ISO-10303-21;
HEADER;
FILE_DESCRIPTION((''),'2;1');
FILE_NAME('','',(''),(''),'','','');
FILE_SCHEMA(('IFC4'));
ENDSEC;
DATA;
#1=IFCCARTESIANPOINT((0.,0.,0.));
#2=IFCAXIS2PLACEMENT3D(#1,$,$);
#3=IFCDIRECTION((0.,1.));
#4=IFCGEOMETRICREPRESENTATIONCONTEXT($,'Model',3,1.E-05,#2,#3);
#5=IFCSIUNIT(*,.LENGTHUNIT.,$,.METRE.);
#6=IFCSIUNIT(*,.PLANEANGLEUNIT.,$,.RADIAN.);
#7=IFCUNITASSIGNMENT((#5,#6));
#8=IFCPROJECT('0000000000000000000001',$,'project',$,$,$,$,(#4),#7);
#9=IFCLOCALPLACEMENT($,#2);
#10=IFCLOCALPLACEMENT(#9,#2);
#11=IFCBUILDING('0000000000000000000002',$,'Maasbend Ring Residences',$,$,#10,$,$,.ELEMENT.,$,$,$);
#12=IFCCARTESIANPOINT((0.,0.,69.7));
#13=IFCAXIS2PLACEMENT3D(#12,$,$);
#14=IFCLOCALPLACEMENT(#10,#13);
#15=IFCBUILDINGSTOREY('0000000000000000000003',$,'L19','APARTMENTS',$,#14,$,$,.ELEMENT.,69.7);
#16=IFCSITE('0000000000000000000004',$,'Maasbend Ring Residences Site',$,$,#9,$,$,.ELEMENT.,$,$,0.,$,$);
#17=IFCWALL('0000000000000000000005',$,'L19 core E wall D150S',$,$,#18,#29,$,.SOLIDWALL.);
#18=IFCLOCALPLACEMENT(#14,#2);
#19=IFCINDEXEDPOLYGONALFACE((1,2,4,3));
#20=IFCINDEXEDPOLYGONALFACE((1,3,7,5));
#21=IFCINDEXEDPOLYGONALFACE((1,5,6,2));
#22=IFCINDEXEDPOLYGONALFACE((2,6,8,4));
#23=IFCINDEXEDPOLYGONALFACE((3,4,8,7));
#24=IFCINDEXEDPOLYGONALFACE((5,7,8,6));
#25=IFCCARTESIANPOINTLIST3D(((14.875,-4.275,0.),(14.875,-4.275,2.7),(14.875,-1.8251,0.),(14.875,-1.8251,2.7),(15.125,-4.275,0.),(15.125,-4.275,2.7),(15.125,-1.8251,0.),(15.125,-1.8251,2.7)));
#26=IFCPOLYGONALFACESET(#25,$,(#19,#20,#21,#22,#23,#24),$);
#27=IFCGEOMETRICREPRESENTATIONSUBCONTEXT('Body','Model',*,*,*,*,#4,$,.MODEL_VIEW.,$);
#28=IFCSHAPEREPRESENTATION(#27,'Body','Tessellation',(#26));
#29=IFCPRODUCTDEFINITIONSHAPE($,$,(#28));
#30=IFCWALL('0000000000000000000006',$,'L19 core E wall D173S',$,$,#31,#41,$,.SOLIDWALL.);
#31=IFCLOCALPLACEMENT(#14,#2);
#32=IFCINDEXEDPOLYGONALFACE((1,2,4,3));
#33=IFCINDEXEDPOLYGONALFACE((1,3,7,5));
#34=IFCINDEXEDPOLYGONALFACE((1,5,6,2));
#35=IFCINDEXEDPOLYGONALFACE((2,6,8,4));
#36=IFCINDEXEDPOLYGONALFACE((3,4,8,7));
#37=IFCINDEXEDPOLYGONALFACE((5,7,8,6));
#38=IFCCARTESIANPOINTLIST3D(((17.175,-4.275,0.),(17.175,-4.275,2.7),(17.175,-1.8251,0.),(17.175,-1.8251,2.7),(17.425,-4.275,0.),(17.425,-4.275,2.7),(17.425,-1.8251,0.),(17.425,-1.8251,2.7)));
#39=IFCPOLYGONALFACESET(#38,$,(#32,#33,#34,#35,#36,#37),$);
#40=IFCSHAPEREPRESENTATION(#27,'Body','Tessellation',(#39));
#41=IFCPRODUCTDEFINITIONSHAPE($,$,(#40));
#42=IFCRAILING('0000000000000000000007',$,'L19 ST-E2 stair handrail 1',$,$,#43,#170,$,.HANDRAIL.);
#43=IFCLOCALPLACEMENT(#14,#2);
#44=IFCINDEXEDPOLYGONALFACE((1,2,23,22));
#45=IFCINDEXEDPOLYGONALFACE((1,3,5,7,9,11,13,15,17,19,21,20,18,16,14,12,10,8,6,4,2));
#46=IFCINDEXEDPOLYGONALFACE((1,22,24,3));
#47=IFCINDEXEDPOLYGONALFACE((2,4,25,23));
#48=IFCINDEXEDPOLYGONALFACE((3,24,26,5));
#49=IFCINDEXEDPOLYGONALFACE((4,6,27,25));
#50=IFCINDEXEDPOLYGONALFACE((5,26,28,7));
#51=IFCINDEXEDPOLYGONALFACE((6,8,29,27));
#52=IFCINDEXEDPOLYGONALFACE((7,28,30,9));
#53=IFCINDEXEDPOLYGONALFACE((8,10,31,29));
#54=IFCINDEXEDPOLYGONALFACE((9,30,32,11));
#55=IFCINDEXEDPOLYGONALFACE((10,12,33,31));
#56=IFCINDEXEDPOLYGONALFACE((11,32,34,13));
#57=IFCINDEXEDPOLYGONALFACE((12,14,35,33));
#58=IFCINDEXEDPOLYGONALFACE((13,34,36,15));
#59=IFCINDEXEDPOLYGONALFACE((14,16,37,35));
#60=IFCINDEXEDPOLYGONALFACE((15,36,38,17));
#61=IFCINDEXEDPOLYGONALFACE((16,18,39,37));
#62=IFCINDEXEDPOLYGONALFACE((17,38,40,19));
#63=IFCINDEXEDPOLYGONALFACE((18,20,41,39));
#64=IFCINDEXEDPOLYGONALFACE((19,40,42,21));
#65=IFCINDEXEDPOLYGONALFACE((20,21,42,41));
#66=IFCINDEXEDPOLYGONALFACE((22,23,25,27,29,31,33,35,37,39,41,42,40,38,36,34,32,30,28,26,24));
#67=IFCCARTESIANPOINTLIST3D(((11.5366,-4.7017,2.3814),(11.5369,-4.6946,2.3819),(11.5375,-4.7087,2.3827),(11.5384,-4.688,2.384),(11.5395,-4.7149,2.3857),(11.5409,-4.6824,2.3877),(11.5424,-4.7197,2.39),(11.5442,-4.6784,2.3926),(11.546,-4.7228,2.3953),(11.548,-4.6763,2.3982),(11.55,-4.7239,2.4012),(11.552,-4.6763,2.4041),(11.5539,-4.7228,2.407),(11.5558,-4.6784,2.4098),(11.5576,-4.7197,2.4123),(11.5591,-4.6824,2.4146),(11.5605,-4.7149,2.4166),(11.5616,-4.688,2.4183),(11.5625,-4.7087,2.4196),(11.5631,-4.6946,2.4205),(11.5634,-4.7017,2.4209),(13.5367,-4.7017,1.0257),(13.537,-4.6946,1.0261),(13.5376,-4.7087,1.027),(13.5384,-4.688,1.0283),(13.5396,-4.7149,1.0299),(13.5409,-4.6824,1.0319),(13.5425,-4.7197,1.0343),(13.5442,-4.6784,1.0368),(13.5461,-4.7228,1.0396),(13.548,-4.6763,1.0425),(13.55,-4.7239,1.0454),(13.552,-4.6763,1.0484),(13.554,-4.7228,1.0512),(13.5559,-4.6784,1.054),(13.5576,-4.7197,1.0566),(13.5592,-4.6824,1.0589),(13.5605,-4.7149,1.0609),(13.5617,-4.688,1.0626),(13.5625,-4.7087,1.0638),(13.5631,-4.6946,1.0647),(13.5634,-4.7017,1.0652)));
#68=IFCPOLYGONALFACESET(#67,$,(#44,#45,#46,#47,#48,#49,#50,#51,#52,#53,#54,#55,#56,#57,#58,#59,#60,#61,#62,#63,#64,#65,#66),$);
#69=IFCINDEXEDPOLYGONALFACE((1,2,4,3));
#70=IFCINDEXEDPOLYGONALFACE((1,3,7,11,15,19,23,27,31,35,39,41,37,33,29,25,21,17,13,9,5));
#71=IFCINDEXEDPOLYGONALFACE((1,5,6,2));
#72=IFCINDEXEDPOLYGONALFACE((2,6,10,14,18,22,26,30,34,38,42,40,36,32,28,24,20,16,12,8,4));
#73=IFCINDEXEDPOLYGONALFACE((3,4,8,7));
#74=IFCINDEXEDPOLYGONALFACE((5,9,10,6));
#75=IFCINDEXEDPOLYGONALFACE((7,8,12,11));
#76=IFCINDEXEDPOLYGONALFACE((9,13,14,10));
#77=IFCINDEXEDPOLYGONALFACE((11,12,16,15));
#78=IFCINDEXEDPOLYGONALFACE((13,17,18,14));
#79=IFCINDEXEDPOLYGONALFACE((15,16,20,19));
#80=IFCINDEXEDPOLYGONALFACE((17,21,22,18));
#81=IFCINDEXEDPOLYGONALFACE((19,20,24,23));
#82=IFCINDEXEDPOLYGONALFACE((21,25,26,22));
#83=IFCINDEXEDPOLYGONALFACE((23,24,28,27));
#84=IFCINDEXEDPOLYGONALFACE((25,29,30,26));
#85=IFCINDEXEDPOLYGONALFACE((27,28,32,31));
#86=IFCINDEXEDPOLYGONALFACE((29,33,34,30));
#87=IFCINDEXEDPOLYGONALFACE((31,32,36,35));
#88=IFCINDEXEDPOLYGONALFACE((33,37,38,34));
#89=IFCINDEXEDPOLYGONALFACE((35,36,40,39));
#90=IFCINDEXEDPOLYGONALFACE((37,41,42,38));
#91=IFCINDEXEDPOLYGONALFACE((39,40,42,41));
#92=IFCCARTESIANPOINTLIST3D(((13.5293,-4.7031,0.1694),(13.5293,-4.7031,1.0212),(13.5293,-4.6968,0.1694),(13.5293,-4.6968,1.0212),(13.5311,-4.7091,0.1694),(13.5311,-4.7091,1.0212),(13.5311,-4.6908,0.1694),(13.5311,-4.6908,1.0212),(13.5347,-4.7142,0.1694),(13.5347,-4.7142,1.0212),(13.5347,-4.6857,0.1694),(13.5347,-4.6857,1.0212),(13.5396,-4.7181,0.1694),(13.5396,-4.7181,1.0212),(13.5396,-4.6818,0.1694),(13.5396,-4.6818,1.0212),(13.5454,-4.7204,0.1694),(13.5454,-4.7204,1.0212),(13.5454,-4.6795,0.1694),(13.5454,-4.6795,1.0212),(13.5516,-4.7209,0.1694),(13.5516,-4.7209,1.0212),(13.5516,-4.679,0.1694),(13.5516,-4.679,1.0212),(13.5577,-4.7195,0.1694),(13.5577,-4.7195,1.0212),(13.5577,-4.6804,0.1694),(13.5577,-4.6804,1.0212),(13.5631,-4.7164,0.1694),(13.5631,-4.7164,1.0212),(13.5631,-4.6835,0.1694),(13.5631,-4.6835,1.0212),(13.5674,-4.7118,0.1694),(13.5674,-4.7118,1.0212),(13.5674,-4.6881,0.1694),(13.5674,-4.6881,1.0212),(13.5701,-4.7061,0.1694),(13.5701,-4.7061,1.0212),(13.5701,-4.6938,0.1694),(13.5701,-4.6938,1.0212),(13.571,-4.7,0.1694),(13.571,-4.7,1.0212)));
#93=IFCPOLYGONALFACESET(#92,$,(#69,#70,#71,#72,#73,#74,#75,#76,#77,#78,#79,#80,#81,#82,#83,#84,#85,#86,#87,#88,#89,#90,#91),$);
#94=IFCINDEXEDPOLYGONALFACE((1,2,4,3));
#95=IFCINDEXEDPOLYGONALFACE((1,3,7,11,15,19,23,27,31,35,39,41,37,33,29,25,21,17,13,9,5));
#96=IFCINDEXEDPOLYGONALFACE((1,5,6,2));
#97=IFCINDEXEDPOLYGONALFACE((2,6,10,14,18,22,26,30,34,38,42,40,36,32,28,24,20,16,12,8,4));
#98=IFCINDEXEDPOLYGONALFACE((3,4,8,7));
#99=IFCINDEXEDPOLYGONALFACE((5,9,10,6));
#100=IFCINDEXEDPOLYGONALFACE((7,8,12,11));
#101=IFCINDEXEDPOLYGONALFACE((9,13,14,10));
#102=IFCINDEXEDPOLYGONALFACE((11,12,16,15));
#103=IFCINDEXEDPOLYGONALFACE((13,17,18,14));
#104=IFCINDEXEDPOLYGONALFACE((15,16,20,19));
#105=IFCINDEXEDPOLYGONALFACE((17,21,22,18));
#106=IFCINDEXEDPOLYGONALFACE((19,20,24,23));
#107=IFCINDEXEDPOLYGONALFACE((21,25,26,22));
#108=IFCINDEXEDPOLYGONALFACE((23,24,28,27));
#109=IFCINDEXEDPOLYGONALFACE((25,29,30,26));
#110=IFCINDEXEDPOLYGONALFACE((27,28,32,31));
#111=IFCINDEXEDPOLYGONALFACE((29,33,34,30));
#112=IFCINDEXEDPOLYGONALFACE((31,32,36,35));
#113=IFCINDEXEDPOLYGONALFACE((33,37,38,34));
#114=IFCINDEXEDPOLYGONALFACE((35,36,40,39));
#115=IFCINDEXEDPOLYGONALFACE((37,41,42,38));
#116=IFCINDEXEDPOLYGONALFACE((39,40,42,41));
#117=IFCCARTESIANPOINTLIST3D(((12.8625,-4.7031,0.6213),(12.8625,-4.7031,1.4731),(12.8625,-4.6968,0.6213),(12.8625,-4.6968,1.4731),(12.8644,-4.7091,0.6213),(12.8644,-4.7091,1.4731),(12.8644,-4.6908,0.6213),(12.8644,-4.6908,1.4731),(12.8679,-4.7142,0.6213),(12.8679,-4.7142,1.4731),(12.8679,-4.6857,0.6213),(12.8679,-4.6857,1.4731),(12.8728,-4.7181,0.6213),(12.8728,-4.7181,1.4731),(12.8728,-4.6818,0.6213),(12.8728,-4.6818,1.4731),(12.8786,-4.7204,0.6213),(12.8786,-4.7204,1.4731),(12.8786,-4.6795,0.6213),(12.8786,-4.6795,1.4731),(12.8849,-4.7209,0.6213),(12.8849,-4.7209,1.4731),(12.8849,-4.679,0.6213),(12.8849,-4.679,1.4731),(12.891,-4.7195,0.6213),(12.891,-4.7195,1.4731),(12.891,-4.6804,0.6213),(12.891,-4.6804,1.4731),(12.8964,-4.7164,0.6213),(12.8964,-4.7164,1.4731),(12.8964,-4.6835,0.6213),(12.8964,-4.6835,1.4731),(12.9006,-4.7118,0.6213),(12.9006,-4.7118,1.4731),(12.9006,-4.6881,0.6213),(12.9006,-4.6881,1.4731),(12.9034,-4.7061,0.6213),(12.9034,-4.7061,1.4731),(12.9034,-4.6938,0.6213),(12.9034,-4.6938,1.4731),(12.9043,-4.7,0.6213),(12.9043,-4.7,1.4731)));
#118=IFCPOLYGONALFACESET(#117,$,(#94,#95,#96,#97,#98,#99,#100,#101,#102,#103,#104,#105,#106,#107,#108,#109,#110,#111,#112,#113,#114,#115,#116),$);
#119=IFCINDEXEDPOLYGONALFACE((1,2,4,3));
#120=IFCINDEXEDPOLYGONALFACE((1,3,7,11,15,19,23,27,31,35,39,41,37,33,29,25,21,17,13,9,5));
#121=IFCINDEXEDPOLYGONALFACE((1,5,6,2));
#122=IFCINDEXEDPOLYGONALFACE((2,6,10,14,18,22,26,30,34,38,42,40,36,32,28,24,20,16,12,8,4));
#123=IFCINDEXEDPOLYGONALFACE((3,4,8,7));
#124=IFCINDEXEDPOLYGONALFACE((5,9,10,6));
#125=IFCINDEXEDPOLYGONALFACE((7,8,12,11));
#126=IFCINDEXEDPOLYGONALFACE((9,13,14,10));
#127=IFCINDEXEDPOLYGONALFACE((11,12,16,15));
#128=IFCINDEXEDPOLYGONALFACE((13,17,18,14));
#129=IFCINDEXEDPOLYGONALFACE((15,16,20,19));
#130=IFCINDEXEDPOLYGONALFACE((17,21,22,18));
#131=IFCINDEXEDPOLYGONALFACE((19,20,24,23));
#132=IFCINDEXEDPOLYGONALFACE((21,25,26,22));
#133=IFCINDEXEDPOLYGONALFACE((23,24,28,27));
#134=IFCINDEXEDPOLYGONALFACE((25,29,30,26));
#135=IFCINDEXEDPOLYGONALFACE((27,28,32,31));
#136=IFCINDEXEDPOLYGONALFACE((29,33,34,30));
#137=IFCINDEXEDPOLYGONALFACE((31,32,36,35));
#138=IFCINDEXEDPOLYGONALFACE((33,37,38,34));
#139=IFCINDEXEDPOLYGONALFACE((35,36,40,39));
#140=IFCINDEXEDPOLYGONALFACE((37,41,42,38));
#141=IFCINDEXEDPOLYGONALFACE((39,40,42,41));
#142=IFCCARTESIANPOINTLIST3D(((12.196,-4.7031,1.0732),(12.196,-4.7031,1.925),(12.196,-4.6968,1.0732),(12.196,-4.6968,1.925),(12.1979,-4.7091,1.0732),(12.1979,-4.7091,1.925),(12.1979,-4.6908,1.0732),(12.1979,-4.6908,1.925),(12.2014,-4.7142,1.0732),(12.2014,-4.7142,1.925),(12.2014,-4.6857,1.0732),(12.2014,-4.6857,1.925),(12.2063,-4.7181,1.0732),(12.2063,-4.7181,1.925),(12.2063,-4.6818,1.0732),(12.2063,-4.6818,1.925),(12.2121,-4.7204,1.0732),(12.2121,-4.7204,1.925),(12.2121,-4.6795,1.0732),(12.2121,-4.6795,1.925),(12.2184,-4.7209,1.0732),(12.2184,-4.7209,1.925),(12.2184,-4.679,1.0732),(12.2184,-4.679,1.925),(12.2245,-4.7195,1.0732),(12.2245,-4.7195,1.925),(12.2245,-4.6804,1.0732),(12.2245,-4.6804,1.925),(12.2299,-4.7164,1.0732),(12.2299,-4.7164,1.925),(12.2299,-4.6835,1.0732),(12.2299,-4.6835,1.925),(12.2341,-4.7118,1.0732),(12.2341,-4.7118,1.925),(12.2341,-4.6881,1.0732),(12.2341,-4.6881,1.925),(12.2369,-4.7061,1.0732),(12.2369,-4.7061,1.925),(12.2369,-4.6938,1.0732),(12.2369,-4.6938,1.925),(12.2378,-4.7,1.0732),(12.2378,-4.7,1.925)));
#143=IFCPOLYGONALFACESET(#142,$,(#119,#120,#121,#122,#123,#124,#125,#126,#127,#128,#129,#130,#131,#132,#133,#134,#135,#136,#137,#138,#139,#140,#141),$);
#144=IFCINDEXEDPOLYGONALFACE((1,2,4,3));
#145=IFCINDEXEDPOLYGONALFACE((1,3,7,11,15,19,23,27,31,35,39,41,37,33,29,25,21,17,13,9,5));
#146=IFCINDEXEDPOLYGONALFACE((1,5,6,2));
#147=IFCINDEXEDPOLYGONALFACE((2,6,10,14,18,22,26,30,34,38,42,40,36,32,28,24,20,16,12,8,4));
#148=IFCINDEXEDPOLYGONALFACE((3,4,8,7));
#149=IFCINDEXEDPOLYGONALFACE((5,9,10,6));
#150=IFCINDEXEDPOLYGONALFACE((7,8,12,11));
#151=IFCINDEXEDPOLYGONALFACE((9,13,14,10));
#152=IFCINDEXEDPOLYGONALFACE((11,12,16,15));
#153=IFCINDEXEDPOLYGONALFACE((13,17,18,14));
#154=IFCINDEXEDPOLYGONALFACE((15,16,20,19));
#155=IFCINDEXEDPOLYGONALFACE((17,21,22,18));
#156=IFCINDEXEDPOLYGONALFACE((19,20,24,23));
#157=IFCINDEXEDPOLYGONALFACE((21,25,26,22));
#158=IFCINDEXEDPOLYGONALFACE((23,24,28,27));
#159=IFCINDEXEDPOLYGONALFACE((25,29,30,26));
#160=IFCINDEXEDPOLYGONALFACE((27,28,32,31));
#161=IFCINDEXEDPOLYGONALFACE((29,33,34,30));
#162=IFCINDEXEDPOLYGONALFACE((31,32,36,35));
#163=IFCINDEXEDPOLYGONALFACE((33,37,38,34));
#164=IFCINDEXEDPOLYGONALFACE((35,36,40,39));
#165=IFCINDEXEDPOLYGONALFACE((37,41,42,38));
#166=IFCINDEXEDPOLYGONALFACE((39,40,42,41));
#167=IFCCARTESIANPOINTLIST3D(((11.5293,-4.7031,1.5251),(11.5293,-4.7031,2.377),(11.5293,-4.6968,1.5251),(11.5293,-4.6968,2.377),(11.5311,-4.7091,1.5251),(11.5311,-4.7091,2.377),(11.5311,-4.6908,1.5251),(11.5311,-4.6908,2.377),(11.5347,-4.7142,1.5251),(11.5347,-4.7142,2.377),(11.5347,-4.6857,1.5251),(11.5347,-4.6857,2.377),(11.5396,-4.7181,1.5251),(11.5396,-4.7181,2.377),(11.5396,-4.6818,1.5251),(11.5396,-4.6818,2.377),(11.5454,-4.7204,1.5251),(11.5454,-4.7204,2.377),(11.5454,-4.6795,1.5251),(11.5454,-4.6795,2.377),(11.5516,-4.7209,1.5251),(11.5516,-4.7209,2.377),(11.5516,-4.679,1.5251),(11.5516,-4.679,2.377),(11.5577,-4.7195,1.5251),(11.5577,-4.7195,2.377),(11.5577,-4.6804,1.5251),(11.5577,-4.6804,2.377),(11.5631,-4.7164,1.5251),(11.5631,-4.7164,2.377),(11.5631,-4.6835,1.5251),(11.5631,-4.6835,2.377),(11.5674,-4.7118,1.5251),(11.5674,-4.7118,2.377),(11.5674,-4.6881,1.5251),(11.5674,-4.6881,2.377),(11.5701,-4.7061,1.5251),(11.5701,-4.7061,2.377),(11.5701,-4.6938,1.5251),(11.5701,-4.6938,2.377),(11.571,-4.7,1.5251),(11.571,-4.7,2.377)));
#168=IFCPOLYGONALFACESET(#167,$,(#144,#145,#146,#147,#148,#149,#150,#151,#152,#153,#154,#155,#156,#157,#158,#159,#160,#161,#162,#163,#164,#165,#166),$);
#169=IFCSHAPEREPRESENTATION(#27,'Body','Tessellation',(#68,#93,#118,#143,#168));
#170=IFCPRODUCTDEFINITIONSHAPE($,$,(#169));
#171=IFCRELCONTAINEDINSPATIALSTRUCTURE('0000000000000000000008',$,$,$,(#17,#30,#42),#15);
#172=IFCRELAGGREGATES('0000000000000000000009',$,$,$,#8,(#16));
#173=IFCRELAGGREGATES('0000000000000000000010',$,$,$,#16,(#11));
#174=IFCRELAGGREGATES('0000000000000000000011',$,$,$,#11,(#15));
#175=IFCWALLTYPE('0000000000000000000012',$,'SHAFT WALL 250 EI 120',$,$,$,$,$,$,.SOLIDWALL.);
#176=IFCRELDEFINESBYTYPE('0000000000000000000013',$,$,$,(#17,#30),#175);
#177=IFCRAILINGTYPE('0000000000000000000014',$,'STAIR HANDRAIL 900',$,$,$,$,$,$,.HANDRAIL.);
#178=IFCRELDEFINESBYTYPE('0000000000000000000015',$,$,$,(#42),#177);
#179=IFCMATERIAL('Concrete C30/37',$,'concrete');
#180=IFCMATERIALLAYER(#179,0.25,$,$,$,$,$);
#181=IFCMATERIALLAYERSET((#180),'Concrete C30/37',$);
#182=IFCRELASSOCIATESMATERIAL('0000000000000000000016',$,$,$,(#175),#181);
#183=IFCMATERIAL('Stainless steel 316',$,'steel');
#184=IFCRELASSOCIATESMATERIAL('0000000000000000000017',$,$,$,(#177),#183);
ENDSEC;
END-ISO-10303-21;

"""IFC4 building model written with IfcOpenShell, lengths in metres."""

from ifc_helpers import new_model, si_unit, direction, frame, frame_2d, origin, origin_2d, place, context, subcontext, project, spatial, rectangle, circle, extrude, material, layer, layer_set, type_object, element, save


model = new_model("IFC4")

# Units and contexts
model_context = context("Model", 3, precision=1e-05, world=origin(), true_north=direction((0.0, 1.0)))
body_context = subcontext(model_context, "Body", "Model", "MODEL_VIEW")
ifc_project = project(units=[si_unit("LENGTHUNIT", "METRE"), si_unit("PLANEANGLEUNIT", "RADIAN")], contexts=[model_context])

# Site, building, storey
site_placement = place(None, origin())
site = spatial("IfcSite", under=ifc_project, at=site_placement, Name="Maasbend Ring Residences Site", CompositionType="ELEMENT", RefElevation=0.0)
building_placement = place(site_placement, origin())
building = spatial("IfcBuilding", under=site, at=building_placement, Name="Maasbend Ring Residences", CompositionType="ELEMENT")
storey_placement = place(building_placement, frame((0.0, 0.0, 69.7)))
storey = spatial("IfcBuildingStorey", under=building, at=storey_placement, Name="L19", Description="APARTMENTS", CompositionType="ELEMENT", Elevation=69.7)

# Walls
ifc_material_1 = material(Name="Concrete C30/37", Category="concrete")
ifc_layer_1 = layer(ifc_material_1, 0.25)
ifc_layer_set_1 = layer_set([ifc_layer_1], Name="Concrete C30/37")
wall_type_1 = type_object("IfcWallType", Name="SHAFT WALL 250 EI 120", PredefinedType="SOLIDWALL", material=ifc_layer_set_1)
for number, where, z_axis, x_axis, name in (
    (1, (15.0, -1.825, 0.0), (0.0, 0.0, 1.0), (0.0, -1.0, 0.0), "L19 core E wall D150S"),
    (2, (17.3, -1.825, 0.0), (0.0, 0.0, 1.0), (0.0, -1.0, 0.0), "L19 core E wall D173S"),
):
    element("IfcWall", number, at=place(storey_placement, frame(where, z_axis=z_axis, x_axis=x_axis)), inside=storey, type_object=wall_type_1, Name=name, PredefinedType="SOLIDWALL", context=body_context, shape_type="SweptSolid", body=[
        extrude(rectangle(XDim=2.45, YDim=0.25, at=frame_2d((1.2251, 0.0))), origin(), (0.0, 0.0, 1.0), 2.7),
    ])

# Railing
ifc_material_2 = material(Name="Stainless steel 316", Category="steel")
railing_type_1 = type_object("IfcRailingType", Name="STAIR HANDRAIL 900", PredefinedType="HANDRAIL", material=ifc_material_2)
railing_1_placement = place(storey_placement, frame((13.55, -4.7, 0.1694)))
element("IfcRailing", 3, at=railing_1_placement, inside=storey, type_object=railing_type_1, Name="L19 ST-E2 stair handrail 1", PredefinedType="HANDRAIL", context=body_context, shape_type="SweptSolid", body=[
    extrude(circle(Radius=0.0239, at=origin_2d()), frame((0.0, 0.0, 0.876), z_axis=(-0.827751, 0.0, 0.561096), x_axis=(0.0, -1.0, 0.0)), (0.0, 0.0, 1.0), 2.4163),
    extrude(circle(Radius=0.021, at=origin_2d()), origin(), (0.0, 0.0, 1.0), 0.8518),
    extrude(circle(Radius=0.021, at=origin_2d()), frame((-0.6667, 0.0, 0.4519)), (0.0, 0.0, 1.0), 0.8518),
    extrude(circle(Radius=0.021, at=origin_2d()), frame((-1.3333, 0.0, 0.9038)), (0.0, 0.0, 1.0), 0.8518),
    extrude(circle(Radius=0.021, at=origin_2d()), frame((-2.0, 0.0, 1.3557)), (0.0, 0.0, 1.0), 0.8518),
])

save(model, "model.ifc")
